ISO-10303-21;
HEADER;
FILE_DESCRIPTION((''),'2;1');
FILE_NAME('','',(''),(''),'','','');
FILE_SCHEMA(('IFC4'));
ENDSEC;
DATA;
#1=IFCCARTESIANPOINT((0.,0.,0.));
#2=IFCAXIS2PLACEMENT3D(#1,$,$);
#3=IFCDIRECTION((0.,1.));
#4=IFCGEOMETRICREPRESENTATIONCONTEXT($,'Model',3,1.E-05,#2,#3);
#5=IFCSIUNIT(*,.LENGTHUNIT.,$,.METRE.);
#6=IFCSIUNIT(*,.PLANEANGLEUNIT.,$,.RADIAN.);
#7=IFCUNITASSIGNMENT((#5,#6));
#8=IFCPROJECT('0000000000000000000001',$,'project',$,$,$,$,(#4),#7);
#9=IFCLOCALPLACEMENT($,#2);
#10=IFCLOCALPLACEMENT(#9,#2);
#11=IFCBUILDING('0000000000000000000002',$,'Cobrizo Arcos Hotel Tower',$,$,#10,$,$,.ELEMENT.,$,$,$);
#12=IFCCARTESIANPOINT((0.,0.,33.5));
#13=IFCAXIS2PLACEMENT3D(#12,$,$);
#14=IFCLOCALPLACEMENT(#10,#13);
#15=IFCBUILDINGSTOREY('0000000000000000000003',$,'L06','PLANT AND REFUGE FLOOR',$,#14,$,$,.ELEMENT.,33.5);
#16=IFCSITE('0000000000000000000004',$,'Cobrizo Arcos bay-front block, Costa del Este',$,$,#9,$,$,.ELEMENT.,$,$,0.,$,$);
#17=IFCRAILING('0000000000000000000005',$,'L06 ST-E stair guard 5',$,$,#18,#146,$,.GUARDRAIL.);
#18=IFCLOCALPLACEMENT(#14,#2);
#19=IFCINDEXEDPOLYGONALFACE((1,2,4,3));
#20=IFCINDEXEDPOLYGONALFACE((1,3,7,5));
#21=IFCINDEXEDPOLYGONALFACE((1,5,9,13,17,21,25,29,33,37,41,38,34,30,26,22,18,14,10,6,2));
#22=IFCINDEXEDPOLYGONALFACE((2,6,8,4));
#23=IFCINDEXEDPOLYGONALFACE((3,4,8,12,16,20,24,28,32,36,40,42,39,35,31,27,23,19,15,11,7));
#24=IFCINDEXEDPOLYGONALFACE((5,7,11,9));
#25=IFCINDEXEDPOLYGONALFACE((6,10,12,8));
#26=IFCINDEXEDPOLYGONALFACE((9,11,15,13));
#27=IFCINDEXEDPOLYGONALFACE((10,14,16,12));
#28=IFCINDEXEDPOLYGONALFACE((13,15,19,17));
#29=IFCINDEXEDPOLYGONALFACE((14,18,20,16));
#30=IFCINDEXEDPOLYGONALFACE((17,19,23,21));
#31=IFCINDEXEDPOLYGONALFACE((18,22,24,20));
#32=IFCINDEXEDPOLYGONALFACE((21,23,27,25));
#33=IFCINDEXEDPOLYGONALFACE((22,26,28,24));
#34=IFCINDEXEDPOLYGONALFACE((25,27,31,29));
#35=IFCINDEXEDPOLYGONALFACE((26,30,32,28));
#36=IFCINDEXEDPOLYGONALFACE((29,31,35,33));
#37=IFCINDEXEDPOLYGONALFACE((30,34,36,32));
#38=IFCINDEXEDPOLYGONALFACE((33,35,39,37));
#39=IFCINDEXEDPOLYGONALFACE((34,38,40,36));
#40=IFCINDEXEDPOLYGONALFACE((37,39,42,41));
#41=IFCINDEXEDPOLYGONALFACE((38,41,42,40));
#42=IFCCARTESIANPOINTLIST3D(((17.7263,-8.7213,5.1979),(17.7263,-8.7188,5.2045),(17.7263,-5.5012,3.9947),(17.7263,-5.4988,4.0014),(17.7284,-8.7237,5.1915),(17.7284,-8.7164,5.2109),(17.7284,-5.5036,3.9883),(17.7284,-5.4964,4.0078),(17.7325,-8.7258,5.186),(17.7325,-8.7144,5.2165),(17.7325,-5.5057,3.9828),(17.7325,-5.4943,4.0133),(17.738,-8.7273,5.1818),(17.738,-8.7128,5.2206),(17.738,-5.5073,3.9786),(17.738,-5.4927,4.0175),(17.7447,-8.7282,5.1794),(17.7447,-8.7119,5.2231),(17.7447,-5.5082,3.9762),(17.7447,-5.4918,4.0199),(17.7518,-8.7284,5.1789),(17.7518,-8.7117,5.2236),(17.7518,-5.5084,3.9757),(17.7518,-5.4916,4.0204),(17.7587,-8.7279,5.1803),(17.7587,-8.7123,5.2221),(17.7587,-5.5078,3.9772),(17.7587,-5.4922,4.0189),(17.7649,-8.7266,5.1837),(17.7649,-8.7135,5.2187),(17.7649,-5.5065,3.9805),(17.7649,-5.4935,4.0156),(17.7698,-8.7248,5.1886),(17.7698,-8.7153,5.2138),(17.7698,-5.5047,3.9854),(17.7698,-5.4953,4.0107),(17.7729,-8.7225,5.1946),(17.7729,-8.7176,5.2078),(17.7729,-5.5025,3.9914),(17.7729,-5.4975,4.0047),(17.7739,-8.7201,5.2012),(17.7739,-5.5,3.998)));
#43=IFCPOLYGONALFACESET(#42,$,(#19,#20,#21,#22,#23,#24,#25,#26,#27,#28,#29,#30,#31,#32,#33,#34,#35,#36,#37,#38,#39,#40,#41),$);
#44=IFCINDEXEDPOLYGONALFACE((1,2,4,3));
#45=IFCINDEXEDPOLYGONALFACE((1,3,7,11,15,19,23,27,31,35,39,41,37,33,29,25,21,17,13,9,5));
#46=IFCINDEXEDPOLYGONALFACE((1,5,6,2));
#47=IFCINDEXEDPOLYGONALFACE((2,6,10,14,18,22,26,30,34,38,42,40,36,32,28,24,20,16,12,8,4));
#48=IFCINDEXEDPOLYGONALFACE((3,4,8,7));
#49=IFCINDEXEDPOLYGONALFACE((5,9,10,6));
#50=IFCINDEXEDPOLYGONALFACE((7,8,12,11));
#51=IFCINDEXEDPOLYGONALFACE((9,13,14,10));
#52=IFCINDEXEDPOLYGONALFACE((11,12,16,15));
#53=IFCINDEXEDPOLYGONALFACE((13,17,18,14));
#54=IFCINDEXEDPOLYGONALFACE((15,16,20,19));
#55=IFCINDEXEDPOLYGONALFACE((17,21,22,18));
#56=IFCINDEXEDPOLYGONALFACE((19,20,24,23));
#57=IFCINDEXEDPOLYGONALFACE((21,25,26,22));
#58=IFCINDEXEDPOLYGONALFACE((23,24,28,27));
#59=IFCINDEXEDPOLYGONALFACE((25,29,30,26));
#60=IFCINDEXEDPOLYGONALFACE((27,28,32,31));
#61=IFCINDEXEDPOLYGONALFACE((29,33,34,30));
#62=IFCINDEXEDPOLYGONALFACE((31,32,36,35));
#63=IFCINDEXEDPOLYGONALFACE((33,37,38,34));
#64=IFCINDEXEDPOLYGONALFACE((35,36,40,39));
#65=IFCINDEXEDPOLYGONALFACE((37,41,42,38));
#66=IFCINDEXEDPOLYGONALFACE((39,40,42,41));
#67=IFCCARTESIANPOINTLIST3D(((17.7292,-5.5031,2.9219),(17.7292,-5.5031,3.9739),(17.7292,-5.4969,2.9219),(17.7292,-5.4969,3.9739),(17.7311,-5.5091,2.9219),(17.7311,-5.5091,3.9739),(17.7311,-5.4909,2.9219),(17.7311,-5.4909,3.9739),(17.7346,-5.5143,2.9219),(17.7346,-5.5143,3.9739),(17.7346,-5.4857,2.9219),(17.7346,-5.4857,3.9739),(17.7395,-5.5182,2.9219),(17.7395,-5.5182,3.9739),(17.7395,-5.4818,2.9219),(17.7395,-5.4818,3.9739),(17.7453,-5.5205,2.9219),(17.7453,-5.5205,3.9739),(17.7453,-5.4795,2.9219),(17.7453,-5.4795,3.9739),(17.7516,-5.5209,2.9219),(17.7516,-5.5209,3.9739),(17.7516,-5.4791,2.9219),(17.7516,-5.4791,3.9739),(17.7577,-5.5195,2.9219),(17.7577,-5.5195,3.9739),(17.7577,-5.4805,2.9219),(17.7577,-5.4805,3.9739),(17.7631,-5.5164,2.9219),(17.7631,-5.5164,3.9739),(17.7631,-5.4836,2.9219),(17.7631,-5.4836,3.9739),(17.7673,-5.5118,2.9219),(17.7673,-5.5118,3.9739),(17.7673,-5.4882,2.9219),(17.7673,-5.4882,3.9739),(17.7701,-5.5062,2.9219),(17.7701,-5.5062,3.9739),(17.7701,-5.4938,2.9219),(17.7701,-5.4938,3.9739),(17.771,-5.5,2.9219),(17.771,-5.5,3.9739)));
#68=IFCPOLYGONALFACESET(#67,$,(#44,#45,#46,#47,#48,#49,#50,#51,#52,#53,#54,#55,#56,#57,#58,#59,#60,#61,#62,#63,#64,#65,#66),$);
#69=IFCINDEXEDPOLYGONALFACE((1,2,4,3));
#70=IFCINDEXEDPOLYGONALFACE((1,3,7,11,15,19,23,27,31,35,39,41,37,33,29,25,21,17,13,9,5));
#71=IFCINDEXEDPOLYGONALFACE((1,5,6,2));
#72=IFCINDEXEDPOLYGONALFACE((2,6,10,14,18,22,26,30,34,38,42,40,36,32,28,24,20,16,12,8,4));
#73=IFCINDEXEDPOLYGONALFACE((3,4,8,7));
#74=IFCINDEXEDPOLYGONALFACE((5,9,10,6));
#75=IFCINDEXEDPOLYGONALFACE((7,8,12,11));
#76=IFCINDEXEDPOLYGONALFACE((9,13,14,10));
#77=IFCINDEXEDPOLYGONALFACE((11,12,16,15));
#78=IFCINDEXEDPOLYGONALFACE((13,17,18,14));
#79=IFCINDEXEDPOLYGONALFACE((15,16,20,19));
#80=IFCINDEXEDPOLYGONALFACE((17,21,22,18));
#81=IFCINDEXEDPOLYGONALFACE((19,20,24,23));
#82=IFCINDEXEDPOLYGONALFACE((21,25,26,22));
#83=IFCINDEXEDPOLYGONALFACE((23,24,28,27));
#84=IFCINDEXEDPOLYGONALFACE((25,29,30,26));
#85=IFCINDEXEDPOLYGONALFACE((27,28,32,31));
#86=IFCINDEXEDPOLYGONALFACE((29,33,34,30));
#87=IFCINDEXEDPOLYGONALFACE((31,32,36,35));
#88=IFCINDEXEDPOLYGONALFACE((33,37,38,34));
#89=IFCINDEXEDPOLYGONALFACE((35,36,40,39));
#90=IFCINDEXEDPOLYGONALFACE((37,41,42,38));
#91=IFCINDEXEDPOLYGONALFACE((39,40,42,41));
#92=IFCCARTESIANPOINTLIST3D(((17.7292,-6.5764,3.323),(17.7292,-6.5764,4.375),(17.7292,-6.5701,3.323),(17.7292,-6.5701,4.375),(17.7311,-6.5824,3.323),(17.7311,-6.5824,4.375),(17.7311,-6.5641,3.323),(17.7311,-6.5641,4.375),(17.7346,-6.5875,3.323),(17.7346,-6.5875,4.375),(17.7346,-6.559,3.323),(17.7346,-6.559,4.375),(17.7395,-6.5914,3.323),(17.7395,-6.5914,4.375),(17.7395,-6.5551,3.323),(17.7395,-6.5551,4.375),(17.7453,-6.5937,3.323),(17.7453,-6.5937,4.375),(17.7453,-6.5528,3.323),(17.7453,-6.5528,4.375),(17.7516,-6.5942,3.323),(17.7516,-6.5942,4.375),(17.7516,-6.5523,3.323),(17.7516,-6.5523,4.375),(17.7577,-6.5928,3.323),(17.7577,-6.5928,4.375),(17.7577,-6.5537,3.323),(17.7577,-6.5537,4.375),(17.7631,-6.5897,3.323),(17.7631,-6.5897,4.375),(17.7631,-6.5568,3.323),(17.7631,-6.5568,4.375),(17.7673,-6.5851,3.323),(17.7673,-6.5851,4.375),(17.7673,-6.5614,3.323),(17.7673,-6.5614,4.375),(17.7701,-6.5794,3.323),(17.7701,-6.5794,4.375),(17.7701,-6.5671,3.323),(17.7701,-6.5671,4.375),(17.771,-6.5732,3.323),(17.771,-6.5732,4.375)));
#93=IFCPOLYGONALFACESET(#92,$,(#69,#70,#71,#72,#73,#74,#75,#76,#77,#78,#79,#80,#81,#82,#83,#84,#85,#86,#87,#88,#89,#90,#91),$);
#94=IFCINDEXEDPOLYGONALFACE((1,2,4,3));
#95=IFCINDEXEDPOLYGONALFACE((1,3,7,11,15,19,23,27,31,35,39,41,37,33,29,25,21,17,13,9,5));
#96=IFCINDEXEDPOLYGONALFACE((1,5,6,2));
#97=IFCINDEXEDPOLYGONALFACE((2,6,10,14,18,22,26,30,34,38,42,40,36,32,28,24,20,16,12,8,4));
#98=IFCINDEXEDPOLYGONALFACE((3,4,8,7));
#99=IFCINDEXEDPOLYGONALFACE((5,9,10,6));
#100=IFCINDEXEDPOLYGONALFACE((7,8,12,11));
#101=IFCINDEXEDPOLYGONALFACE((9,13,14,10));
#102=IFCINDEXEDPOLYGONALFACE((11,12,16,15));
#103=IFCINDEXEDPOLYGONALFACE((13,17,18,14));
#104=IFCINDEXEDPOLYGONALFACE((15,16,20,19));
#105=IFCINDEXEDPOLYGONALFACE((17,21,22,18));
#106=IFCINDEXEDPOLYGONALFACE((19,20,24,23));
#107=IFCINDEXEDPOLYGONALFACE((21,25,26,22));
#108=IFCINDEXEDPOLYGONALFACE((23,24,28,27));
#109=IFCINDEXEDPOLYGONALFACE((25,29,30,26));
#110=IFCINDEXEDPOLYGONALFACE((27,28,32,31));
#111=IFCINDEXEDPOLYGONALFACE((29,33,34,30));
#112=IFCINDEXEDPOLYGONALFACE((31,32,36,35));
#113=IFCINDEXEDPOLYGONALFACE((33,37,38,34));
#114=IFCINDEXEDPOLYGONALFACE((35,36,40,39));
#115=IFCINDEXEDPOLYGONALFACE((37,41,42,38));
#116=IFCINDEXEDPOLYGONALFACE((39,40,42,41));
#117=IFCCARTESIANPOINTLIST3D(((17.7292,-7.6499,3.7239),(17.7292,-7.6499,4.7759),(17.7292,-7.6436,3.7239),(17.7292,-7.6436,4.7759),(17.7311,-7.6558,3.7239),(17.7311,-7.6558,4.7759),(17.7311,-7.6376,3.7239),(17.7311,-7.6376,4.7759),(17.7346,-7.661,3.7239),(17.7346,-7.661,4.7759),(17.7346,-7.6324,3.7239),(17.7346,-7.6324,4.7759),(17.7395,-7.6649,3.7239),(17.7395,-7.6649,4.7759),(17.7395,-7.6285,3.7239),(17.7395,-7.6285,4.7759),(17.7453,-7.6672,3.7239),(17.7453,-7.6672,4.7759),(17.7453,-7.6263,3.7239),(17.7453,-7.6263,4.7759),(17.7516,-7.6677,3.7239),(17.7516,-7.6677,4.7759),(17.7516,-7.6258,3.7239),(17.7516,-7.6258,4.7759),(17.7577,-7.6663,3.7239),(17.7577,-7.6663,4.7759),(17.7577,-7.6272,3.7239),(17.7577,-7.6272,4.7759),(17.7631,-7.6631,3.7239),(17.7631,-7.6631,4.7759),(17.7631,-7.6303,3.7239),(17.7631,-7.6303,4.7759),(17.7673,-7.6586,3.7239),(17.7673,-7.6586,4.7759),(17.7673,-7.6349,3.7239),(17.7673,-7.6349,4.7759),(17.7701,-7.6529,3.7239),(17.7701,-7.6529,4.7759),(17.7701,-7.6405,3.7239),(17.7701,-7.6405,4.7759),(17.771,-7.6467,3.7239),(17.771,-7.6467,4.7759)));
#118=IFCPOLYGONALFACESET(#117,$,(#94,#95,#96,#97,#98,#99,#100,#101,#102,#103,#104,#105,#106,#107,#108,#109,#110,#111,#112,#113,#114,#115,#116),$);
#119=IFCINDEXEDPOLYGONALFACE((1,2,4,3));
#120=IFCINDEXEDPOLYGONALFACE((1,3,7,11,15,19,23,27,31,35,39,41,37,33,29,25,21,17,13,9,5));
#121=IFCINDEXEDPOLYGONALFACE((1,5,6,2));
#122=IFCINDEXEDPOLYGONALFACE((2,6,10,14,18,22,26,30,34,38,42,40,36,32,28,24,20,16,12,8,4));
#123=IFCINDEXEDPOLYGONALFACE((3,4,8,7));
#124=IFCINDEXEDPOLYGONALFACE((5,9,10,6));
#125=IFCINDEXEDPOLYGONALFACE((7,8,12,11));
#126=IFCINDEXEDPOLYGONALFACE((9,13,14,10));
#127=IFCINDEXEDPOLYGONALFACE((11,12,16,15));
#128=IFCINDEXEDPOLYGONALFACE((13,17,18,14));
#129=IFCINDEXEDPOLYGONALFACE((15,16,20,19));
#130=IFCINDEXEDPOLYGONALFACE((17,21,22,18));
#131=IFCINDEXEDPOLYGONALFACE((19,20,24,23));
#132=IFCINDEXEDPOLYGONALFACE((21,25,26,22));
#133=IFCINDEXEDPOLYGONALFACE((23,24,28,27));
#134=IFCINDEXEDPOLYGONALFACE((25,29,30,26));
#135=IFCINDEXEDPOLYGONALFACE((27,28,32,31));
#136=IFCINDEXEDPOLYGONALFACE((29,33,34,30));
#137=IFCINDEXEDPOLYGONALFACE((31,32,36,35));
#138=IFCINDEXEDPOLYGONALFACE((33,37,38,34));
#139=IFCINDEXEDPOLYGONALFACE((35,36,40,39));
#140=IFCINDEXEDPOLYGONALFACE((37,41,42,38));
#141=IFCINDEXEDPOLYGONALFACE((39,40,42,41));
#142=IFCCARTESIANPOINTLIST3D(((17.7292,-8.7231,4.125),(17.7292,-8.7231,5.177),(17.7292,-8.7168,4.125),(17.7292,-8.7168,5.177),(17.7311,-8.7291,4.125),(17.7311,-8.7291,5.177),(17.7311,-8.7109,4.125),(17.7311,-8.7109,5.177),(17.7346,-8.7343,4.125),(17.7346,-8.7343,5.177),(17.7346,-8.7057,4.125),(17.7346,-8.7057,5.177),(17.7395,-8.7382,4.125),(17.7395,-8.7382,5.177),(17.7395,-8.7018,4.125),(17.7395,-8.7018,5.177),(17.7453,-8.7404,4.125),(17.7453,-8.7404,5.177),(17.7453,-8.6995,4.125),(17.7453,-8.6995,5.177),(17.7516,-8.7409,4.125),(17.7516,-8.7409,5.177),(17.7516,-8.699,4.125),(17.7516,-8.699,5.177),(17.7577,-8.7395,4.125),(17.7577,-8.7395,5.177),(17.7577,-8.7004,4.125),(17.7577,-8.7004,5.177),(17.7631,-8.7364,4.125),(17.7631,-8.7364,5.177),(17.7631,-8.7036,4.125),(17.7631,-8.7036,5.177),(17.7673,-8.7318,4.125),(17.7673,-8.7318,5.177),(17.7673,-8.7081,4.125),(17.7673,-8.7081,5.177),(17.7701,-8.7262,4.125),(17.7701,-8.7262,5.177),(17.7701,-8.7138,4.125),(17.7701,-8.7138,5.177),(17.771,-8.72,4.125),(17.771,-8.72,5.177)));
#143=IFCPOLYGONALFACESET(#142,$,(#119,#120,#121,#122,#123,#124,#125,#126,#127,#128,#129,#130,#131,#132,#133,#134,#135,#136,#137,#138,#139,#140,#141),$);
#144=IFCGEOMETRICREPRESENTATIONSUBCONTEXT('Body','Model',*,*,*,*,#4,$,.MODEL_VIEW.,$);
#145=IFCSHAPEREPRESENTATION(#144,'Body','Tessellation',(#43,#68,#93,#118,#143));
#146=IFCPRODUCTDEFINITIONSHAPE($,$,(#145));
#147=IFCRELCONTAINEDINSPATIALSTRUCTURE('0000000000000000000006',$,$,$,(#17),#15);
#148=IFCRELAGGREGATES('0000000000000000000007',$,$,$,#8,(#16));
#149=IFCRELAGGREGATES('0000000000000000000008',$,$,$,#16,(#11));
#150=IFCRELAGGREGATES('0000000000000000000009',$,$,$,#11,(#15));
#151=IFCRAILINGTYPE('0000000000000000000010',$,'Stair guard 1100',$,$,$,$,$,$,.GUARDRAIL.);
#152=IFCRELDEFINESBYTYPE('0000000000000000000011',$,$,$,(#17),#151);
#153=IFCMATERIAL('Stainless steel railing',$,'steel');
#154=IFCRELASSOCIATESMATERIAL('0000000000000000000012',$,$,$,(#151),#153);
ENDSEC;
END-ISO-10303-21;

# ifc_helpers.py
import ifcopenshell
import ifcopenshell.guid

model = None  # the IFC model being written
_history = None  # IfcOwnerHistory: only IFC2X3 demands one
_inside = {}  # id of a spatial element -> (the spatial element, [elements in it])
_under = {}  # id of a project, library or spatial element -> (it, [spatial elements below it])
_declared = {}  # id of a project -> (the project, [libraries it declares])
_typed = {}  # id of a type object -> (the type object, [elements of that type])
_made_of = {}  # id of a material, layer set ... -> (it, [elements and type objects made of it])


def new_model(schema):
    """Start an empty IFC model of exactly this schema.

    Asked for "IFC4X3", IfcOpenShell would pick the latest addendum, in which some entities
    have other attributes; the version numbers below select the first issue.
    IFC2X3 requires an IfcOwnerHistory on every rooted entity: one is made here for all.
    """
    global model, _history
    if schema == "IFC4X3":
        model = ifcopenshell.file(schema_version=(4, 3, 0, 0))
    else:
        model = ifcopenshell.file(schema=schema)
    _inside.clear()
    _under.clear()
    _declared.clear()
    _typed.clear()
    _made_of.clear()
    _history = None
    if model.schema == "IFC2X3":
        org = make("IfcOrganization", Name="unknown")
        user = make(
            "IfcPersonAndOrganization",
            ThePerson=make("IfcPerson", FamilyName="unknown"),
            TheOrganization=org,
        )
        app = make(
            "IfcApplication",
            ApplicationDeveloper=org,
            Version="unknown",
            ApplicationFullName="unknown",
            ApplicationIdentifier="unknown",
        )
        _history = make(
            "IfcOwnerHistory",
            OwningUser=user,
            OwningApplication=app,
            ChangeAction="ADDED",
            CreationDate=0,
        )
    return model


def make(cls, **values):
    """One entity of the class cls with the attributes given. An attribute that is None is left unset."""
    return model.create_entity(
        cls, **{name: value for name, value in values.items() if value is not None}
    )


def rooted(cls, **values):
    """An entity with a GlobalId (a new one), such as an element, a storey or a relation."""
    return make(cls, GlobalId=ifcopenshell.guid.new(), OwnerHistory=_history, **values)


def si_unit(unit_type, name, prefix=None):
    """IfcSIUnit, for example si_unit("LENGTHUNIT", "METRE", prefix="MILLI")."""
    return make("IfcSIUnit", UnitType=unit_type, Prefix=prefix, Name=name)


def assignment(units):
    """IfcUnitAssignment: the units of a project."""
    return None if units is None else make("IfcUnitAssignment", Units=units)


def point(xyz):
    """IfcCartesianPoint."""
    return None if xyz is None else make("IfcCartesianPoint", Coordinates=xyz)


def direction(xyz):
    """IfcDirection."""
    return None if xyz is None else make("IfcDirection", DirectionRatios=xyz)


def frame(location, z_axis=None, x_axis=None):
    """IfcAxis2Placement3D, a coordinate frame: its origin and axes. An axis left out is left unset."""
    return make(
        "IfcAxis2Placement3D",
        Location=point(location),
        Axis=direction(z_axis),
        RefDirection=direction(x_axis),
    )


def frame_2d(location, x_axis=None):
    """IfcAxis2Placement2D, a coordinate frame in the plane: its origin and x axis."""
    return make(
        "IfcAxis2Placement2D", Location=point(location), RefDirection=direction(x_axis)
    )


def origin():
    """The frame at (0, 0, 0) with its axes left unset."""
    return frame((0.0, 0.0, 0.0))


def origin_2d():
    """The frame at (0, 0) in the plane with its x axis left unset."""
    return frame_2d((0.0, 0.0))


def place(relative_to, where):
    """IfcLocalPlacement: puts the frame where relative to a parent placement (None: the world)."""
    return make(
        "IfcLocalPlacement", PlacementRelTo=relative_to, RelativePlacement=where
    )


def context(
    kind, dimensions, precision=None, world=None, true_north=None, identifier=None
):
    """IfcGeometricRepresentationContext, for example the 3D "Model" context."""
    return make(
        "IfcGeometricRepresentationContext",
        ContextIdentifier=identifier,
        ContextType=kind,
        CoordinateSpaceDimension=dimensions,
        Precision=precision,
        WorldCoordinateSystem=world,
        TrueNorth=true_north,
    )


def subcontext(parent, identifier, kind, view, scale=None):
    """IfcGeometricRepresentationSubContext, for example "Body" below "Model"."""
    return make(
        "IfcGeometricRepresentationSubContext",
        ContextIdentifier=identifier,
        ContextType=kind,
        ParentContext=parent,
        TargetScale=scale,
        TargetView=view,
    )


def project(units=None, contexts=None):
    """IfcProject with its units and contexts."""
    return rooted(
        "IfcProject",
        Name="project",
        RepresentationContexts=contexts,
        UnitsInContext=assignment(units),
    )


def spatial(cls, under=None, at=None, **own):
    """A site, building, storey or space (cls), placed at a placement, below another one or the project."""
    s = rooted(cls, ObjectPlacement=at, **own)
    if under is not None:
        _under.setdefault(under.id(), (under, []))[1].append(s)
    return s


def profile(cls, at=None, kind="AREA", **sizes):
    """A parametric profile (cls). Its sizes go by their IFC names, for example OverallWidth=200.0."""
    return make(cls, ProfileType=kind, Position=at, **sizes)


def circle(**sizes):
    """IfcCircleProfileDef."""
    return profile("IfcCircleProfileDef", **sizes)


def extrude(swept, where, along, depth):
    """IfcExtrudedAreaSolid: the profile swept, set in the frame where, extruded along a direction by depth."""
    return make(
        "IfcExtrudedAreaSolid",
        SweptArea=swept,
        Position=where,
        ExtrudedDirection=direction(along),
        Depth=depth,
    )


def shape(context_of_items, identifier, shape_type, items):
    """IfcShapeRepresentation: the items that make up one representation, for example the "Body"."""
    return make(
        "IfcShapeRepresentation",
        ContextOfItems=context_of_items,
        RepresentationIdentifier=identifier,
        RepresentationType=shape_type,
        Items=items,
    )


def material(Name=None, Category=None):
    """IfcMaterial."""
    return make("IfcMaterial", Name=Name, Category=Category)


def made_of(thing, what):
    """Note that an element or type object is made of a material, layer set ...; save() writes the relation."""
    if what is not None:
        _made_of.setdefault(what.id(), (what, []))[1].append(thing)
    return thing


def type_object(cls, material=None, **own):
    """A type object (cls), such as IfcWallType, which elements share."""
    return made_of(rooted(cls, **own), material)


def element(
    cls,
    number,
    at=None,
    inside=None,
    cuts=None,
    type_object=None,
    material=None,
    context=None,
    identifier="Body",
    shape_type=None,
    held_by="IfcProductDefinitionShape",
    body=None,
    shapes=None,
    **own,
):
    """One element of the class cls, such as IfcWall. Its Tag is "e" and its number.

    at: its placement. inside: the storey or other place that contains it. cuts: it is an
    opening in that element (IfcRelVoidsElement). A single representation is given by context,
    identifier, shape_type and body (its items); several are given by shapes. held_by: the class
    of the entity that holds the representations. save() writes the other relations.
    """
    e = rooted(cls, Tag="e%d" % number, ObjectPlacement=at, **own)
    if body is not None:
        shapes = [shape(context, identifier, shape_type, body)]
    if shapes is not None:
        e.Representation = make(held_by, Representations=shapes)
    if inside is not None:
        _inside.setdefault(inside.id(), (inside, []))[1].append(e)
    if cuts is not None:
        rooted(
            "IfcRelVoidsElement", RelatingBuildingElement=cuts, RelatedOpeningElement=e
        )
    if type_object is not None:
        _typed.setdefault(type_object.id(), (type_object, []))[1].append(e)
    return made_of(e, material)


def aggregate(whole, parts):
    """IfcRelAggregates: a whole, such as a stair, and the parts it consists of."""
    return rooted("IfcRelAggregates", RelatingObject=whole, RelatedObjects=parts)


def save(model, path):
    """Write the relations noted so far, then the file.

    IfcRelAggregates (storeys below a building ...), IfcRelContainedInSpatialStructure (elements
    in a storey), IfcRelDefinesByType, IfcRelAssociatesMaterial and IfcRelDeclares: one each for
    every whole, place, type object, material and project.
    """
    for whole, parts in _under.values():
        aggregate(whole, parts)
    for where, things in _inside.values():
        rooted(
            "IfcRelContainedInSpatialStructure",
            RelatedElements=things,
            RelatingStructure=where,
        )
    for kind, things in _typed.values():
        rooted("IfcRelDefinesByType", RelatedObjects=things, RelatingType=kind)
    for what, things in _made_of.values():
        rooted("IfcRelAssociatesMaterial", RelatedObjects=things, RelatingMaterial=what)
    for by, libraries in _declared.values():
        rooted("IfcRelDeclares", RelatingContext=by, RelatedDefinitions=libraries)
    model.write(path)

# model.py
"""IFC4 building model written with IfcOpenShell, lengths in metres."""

from ifc_helpers import new_model, si_unit, direction, frame, origin, origin_2d, place, context, subcontext, project, spatial, circle, extrude, material, type_object, element, save


model = new_model("IFC4")

# Units and contexts
model_context = context("Model", 3, precision=1e-05, world=origin(), true_north=direction((0.0, 1.0)))
body_context = subcontext(model_context, "Body", "Model", "MODEL_VIEW")
ifc_project = project(units=[si_unit("LENGTHUNIT", "METRE"), si_unit("PLANEANGLEUNIT", "RADIAN")], contexts=[model_context])

# Site, building, storey
site_placement = place(None, origin())
site = spatial("IfcSite", under=ifc_project, at=site_placement, Name="Cobrizo Arcos bay-front block, Costa del Este", CompositionType="ELEMENT", RefElevation=0.0)
building_placement = place(site_placement, origin())
building = spatial("IfcBuilding", under=site, at=building_placement, Name="Cobrizo Arcos Hotel Tower", CompositionType="ELEMENT")
storey_placement = place(building_placement, frame((0.0, 0.0, 33.5)))
storey = spatial("IfcBuildingStorey", under=building, at=storey_placement, Name="L06", Description="PLANT AND REFUGE FLOOR", CompositionType="ELEMENT", Elevation=33.5)

# Railing
ifc_material_1 = material(Name="Stainless steel railing", Category="steel")
railing_type_1 = type_object("IfcRailingType", Name="Stair guard 1100", PredefinedType="GUARDRAIL", material=ifc_material_1)
railing_1_placement = place(storey_placement, frame((17.75, -5.5, 2.9219)))
element("IfcRailing", 1, at=railing_1_placement, inside=storey, type_object=railing_type_1, Name="L06 ST-E stair guard 5", PredefinedType="GUARDRAIL", context=body_context, shape_type="SweptSolid", body=[
    extrude(circle(Radius=0.0239, at=origin_2d()), frame((0.0, 0.0, 1.0762), z_axis=(0.0, -0.936746, 0.35001), x_axis=(1.0, 0.0, 0.0)), (0.0, 0.0, 1.0), 3.4375),
    extrude(circle(Radius=0.021, at=origin_2d()), origin(), (0.0, 0.0, 1.0), 1.052),
    extrude(circle(Radius=0.021, at=origin_2d()), frame((0.0, -1.0732, 0.4011)), (0.0, 0.0, 1.0), 1.052),
    extrude(circle(Radius=0.021, at=origin_2d()), frame((0.0, -2.1467, 0.802)), (0.0, 0.0, 1.0), 1.052),
    extrude(circle(Radius=0.021, at=origin_2d()), frame((0.0, -3.22, 1.2031)), (0.0, 0.0, 1.0), 1.052),
])

save(model, "model.ifc")
